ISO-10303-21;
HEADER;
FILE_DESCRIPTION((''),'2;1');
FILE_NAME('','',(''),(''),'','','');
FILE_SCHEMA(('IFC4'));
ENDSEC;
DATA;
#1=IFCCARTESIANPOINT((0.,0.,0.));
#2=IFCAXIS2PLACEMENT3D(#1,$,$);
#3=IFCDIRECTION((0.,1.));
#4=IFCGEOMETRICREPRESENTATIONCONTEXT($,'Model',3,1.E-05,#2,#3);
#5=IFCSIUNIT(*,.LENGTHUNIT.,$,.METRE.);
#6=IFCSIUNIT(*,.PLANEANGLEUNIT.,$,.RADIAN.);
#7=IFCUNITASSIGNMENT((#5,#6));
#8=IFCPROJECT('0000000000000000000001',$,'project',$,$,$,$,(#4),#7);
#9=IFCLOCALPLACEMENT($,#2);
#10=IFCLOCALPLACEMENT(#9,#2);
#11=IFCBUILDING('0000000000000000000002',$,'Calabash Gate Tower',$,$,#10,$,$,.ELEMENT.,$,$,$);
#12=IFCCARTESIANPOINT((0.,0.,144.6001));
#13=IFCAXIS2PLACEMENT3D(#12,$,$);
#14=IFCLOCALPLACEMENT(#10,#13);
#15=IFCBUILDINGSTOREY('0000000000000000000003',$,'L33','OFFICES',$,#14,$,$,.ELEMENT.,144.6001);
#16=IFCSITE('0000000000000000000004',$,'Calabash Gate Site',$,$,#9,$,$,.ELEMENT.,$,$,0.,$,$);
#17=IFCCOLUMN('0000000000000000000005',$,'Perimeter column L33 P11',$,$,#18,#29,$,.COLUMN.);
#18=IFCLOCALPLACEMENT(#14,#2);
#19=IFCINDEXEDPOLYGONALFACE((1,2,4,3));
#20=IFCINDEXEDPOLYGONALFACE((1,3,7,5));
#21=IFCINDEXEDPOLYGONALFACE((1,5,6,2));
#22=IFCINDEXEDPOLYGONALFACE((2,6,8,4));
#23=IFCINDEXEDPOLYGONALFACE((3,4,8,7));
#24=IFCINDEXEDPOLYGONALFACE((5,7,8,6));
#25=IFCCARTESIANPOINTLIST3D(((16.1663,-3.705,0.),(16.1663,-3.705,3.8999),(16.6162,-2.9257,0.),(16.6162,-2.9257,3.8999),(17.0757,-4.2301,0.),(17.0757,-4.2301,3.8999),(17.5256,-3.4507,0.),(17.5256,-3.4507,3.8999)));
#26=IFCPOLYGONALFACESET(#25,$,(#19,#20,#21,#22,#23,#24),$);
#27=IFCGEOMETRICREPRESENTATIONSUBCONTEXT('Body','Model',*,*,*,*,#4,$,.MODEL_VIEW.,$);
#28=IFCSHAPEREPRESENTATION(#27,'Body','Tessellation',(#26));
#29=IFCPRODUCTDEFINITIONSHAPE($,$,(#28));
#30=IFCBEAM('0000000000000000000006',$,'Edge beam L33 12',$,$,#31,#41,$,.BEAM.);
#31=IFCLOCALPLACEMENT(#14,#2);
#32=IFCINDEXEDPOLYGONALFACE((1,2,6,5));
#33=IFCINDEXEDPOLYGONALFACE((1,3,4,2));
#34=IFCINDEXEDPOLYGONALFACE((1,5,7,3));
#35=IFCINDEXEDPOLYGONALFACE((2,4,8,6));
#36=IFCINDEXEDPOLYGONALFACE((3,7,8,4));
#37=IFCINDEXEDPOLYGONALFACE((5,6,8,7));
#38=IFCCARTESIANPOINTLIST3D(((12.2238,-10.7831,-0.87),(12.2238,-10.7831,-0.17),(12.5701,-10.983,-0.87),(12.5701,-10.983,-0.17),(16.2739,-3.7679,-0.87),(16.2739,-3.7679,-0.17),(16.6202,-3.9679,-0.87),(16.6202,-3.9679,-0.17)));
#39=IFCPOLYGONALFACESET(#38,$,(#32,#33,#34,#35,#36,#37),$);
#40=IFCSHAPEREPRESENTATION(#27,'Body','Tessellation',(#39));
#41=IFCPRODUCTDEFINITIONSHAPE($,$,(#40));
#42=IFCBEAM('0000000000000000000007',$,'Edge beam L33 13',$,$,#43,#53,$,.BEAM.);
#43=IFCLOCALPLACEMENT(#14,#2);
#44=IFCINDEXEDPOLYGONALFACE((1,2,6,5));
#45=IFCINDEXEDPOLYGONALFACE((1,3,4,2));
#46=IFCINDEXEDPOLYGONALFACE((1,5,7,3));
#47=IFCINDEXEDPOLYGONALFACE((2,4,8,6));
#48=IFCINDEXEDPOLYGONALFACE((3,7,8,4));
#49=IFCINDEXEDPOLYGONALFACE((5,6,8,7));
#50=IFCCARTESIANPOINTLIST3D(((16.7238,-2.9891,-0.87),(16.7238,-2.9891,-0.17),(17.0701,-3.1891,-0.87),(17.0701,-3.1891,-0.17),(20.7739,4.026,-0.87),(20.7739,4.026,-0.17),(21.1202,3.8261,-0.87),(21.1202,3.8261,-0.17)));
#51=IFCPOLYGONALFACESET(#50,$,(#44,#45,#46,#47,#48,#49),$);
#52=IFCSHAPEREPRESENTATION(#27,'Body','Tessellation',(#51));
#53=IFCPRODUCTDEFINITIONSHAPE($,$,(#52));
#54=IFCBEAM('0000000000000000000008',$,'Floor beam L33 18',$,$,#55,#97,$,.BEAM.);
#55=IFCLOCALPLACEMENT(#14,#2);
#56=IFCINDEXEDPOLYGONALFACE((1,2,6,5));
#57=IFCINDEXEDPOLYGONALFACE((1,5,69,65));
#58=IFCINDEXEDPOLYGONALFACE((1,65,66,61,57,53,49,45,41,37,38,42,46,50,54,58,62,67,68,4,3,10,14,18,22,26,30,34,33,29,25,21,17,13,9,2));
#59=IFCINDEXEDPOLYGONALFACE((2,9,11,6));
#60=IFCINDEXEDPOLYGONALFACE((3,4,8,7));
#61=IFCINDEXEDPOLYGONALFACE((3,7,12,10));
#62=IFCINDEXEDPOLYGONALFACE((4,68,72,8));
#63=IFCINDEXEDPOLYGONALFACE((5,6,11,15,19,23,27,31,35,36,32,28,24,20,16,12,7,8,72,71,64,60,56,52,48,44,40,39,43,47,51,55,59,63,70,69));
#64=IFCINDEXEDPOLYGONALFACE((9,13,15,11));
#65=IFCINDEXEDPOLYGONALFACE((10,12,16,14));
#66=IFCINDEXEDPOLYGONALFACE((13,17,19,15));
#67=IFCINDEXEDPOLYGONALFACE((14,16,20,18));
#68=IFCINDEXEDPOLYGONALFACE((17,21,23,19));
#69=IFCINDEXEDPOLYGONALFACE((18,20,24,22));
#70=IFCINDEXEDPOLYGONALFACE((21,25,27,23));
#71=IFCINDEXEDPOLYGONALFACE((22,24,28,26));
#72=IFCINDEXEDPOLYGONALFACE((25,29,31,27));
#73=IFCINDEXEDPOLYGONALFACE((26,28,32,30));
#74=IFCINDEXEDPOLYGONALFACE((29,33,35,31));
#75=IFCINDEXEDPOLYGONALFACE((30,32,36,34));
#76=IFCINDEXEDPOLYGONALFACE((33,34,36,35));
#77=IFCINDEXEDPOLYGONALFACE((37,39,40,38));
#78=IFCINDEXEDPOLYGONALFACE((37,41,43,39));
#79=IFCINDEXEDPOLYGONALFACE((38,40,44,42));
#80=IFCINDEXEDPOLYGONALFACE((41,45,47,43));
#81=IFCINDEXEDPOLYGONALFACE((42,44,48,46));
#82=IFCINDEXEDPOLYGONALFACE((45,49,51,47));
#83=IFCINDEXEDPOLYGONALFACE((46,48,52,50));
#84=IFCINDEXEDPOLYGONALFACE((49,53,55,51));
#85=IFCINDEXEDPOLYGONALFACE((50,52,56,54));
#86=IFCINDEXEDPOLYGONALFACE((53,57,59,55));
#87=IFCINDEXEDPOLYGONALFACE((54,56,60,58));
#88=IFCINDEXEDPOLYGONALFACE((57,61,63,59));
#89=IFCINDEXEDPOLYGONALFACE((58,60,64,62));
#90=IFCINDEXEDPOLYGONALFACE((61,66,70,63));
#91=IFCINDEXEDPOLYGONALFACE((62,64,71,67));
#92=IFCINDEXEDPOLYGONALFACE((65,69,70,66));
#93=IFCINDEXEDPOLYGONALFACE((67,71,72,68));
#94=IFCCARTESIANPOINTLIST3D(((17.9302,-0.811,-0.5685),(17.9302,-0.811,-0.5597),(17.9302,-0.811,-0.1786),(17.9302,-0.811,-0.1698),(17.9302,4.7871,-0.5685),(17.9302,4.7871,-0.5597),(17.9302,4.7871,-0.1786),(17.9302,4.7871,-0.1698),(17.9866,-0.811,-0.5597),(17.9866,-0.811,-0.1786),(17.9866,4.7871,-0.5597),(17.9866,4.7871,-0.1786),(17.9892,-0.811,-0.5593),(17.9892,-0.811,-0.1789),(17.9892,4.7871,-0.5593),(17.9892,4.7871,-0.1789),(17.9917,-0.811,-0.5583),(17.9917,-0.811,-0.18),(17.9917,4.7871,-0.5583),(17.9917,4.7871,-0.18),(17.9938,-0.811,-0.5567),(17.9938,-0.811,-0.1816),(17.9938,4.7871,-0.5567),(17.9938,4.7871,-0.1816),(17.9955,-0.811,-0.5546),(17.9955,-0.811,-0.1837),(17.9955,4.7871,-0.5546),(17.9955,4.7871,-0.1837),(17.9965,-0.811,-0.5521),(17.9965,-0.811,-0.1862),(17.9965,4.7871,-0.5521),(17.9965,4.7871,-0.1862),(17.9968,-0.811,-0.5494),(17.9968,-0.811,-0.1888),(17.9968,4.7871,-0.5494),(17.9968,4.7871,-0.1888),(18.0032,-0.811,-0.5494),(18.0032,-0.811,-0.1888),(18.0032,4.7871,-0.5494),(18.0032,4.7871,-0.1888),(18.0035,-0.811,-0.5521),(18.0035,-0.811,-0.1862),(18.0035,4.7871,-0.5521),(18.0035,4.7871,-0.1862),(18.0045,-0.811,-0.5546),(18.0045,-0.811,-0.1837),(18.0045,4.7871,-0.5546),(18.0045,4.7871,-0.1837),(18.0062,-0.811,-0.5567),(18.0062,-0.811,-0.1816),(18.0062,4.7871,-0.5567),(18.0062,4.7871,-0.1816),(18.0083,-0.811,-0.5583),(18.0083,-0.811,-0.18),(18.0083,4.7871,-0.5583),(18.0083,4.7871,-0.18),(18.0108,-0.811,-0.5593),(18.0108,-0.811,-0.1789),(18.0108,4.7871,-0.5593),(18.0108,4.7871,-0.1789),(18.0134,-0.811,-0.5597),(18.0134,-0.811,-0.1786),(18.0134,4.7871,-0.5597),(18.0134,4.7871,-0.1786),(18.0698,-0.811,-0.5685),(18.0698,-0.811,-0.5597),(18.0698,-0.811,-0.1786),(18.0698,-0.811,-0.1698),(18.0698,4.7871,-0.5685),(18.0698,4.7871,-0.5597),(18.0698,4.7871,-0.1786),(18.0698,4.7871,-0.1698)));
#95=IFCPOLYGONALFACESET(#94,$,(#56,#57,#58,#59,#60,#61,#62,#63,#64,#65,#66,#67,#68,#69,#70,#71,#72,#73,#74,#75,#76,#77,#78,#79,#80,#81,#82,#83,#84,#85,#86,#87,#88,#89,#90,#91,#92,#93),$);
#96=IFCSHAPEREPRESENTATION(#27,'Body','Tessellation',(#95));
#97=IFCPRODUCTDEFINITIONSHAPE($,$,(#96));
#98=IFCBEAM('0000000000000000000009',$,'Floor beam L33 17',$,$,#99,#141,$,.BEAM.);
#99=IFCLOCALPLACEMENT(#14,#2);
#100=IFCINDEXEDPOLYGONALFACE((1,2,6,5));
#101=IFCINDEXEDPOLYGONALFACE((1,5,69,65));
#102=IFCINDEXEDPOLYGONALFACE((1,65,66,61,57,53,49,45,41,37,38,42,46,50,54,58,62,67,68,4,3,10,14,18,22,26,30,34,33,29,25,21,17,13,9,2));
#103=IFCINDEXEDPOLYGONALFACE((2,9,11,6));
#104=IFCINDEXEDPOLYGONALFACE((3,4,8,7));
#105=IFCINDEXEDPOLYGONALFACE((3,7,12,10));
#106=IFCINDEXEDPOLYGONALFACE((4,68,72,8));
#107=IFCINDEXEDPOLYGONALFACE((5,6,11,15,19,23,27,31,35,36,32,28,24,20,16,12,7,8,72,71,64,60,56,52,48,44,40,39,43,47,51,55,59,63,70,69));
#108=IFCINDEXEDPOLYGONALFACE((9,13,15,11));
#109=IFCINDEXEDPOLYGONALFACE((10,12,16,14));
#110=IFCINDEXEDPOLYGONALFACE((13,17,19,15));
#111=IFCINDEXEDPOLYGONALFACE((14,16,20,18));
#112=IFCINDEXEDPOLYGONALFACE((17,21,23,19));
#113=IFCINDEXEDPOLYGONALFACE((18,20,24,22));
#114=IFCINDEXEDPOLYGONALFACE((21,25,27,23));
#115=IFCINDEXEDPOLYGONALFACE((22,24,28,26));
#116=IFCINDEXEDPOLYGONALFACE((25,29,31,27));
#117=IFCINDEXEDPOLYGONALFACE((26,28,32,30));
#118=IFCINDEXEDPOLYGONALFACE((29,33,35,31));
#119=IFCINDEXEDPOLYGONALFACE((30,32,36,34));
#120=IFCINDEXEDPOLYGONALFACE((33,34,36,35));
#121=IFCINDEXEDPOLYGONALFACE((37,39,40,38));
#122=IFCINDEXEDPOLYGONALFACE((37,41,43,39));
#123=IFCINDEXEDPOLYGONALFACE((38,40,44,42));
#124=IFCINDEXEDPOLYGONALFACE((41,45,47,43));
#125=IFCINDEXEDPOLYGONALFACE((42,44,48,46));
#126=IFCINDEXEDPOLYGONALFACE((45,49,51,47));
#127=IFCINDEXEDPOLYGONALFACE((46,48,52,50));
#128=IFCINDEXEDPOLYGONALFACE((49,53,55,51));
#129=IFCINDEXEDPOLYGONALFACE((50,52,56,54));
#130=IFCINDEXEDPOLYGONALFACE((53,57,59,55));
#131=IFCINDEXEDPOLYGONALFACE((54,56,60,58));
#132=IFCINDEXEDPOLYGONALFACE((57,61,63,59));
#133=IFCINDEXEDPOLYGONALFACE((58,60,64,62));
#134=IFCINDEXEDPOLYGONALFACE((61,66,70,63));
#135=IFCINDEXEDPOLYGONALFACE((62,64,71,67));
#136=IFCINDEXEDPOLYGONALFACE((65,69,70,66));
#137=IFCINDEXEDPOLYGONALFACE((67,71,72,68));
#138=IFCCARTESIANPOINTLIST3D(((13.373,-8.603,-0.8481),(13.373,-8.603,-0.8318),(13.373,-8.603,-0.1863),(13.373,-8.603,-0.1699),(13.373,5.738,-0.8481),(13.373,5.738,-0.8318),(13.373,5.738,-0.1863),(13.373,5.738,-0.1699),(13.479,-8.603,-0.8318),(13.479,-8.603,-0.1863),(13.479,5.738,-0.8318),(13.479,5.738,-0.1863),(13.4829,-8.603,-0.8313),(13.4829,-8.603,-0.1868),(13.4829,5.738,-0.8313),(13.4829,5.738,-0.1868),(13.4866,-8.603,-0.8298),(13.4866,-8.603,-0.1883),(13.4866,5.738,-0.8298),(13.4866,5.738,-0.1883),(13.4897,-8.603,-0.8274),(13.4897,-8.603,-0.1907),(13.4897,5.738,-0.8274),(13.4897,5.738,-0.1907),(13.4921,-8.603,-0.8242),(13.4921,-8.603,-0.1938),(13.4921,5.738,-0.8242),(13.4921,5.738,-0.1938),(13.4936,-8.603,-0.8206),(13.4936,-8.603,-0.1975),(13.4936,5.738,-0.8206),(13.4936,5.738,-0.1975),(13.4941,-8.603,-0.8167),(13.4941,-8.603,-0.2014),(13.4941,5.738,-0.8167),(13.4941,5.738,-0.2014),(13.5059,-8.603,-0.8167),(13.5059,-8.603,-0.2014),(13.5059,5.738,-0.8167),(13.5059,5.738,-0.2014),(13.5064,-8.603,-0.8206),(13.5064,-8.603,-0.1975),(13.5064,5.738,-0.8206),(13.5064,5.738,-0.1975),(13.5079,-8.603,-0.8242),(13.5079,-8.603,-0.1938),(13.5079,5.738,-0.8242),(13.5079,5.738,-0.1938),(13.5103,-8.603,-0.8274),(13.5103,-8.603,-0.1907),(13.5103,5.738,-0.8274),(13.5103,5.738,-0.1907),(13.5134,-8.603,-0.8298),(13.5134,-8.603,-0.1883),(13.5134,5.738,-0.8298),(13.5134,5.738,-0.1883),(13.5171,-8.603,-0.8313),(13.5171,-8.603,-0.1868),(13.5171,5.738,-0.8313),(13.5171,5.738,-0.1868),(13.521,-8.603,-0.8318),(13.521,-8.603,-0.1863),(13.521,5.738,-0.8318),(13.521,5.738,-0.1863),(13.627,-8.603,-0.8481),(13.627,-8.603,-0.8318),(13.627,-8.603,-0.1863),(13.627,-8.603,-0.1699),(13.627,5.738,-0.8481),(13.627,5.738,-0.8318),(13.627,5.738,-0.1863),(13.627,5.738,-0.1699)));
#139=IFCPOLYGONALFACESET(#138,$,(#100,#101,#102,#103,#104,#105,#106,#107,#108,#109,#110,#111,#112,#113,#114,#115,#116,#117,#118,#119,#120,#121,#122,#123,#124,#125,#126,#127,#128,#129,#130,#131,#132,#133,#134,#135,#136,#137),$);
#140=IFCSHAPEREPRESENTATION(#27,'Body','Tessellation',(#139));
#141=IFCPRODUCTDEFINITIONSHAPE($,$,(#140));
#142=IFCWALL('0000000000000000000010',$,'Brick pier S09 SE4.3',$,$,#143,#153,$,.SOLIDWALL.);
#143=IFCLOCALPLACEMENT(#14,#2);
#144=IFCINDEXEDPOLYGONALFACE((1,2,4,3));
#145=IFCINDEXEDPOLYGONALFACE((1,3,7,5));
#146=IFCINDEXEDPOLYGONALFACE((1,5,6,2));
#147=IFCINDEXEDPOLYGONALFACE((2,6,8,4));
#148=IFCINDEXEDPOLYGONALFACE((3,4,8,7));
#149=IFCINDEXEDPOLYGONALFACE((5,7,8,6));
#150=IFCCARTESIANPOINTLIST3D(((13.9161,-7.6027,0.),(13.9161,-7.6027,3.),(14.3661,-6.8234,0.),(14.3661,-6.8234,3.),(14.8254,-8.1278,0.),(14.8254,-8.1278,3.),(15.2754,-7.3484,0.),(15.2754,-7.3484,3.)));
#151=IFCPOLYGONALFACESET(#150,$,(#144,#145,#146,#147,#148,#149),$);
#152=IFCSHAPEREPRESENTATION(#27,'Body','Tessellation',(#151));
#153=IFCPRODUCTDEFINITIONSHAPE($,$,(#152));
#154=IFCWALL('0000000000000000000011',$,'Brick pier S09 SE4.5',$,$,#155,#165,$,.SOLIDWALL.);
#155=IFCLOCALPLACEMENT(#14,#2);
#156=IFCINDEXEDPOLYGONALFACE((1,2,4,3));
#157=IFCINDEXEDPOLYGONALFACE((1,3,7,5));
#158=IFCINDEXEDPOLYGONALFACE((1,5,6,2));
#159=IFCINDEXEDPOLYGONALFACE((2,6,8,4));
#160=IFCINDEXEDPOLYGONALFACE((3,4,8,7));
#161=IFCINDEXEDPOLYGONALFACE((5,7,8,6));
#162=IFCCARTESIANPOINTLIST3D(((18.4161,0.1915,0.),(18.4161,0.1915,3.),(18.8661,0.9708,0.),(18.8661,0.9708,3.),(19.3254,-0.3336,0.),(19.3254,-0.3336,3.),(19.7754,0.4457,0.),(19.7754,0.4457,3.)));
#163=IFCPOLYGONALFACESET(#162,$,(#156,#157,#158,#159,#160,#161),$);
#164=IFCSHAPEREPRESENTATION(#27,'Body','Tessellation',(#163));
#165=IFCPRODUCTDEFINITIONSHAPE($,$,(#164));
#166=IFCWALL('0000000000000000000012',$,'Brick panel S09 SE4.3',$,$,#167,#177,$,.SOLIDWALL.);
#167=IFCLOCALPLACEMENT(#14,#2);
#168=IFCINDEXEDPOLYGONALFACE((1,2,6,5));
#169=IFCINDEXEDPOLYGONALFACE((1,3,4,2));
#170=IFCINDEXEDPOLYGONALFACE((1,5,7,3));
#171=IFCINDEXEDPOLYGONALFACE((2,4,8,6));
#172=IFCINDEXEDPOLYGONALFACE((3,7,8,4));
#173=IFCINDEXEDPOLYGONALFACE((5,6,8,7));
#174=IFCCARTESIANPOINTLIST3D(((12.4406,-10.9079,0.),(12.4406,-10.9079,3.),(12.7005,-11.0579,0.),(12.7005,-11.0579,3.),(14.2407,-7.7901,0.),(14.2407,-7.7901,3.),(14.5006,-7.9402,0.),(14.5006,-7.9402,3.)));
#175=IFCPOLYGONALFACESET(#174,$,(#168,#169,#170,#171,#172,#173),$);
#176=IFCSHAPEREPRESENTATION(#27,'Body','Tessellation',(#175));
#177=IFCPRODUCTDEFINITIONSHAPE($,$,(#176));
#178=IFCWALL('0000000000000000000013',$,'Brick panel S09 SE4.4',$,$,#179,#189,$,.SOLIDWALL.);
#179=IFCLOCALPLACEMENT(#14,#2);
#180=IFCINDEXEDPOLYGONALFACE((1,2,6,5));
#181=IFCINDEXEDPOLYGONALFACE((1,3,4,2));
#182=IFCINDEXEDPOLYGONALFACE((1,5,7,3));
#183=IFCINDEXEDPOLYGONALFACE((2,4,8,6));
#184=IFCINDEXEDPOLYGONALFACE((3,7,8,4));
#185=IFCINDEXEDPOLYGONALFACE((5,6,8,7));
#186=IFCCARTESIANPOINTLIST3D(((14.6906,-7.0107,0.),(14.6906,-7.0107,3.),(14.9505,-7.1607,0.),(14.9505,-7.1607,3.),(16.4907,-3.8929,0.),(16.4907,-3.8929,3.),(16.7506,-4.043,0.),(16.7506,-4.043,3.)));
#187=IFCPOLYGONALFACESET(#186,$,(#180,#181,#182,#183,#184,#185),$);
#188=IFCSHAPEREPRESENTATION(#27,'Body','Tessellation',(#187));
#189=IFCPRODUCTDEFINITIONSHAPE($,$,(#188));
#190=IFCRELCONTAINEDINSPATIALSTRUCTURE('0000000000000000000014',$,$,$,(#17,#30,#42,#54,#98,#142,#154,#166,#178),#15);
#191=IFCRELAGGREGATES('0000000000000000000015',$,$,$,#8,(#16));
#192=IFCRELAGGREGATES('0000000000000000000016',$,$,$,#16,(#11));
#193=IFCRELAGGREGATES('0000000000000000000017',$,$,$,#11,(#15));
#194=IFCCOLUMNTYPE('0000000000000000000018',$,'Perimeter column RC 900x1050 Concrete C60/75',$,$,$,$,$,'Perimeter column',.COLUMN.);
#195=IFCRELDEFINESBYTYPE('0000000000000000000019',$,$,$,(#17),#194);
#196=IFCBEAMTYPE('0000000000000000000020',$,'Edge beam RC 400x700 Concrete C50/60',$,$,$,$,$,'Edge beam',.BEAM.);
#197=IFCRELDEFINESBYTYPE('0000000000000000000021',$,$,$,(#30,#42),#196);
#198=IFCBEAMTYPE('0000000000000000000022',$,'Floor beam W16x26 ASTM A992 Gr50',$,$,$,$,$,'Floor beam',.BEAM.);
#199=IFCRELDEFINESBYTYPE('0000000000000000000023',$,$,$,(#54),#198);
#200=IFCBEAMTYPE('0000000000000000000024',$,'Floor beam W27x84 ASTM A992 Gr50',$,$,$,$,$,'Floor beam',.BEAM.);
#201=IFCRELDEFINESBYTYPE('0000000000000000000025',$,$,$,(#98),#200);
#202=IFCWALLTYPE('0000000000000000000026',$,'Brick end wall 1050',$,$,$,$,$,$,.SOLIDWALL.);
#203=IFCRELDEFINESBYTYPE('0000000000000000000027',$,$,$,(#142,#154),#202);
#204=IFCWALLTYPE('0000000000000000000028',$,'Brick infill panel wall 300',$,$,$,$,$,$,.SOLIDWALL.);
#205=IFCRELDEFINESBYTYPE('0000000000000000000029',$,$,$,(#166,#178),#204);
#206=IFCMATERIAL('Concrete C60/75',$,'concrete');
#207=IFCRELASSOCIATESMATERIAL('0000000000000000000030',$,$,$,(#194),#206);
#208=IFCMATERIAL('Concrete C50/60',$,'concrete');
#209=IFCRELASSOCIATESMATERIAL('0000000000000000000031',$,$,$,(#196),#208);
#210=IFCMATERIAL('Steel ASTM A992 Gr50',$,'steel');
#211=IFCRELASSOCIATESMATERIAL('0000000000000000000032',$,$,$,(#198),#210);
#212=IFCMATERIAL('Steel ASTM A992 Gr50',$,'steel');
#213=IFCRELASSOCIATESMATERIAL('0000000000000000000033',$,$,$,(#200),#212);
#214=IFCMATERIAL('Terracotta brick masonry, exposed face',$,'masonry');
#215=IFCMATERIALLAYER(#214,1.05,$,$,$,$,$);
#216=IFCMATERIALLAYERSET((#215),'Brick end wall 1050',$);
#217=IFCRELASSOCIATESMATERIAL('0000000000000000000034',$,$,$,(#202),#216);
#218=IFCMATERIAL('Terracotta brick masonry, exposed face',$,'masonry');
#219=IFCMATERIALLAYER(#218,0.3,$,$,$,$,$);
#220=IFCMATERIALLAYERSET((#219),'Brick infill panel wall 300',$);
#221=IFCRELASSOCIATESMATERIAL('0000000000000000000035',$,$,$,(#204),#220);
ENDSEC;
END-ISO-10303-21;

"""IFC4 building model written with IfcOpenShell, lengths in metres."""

from ifc_helpers import new_model, si_unit, direction, frame, frame_2d, origin, origin_2d, place, context, subcontext, project, spatial, rectangle, i_section, extrude, material, layer, layer_set, material_profile, profile_set, type_object, element, save


model = new_model("IFC4")

# Units and contexts
model_context = context("Model", 3, precision=1e-05, world=origin(), true_north=direction((0.0, 1.0)))
body_context = subcontext(model_context, "Body", "Model", "MODEL_VIEW")
ifc_project = project(units=[si_unit("LENGTHUNIT", "METRE"), si_unit("PLANEANGLEUNIT", "RADIAN")], contexts=[model_context])

# Site, building, storey
site_placement = place(None, origin())
site = spatial("IfcSite", under=ifc_project, at=site_placement, Name="Calabash Gate Site", CompositionType="ELEMENT", RefElevation=0.0)
building_placement = place(site_placement, origin())
building = spatial("IfcBuilding", under=site, at=building_placement, Name="Calabash Gate Tower", CompositionType="ELEMENT")
storey_placement = place(building_placement, frame((0.0, 0.0, 144.6001)))
storey = spatial("IfcBuildingStorey", under=building, at=storey_placement, Name="L33", Description="OFFICES", CompositionType="ELEMENT", Elevation=144.6001)

# Column
ifc_material_1 = material(Name="Concrete C60/75", Category="concrete")
ifc_material_profile_1 = material_profile(ifc_material_1, rectangle(XDim=0.8999, YDim=1.05, at=origin_2d()))
ifc_profile_set_1 = profile_set([ifc_material_profile_1], Name="Concrete C60/75")
column_type = type_object("IfcColumnType", Name="Perimeter column RC 900x1050 Concrete C60/75", ElementType="Perimeter column", PredefinedType="COLUMN", material=ifc_profile_set_1)
column_placement = place(storey_placement, frame((16.8459, -3.5779, 0.0), z_axis=(0.0, 0.0, 1.0), x_axis=(0.5, 0.866025, 0.0)))
element("IfcColumn", 1, at=column_placement, inside=storey, type_object=column_type, Name="Perimeter column L33 P11", PredefinedType="COLUMN", context=body_context, shape_type="SweptSolid", body=[
    extrude(rectangle(XDim=0.8999, YDim=1.05, at=origin_2d()), origin(), (0.0, 0.0, 1.0), 3.8999),
])

# Beams
ifc_material_2 = material(Name="Concrete C50/60", Category="concrete")
ifc_material_profile_2 = material_profile(ifc_material_2, rectangle(XDim=0.3999, YDim=0.7, at=origin_2d()))
ifc_profile_set_2 = profile_set([ifc_material_profile_2], Name="Concrete C50/60")
beam_type_1 = type_object("IfcBeamType", Name="Edge beam RC 400x700 Concrete C50/60", ElementType="Edge beam", PredefinedType="BEAM", material=ifc_profile_set_2)
for number, where, z_axis, x_axis, name in (
    (2, (12.397, -10.8831, -0.52), (0.499987, 0.866033, 0.0), (-0.866033, 0.499987, 0.0), "Edge beam L33 12"),
    (3, (16.897, -3.0891, -0.52), (0.499987, 0.866033, 0.0), (-0.866033, 0.499987, 0.0), "Edge beam L33 13"),
):
    element("IfcBeam", number, at=place(storey_placement, frame(where, z_axis=z_axis, x_axis=x_axis)), inside=storey, type_object=beam_type_1, Name=name, PredefinedType="BEAM", context=body_context, shape_type="SweptSolid", body=[
        extrude(rectangle(XDim=0.3999, YDim=0.7, at=origin_2d()), origin(), (0.0, 0.0, 1.0), 8.1003),
    ])
ifc_material_3 = material(Name="Steel ASTM A992 Gr50", Category="steel")
ifc_material_profile_3 = material_profile(ifc_material_3, i_section(OverallWidth=0.1396, OverallDepth=0.3987, WebThickness=0.0063, FlangeThickness=0.0088, FilletRadius=0.0103, at=origin_2d()))
ifc_profile_set_3 = profile_set([ifc_material_profile_3], Name="Steel ASTM A992 Gr50")
beam_type_2 = type_object("IfcBeamType", Name="Floor beam W16x26 ASTM A992 Gr50", ElementType="Floor beam", PredefinedType="BEAM", material=ifc_profile_set_3)
beam_1_placement = place(storey_placement, frame((18.0, -0.811, -0.3691), z_axis=(0.0, 1.0, 0.0), x_axis=(-1.0, 0.0, 0.0)))
element("IfcBeam", 4, at=beam_1_placement, inside=storey, type_object=beam_type_2, Name="Floor beam L33 18", PredefinedType="BEAM", context=body_context, shape_type="SweptSolid", body=[
    extrude(i_section(OverallWidth=0.1396, OverallDepth=0.3987, WebThickness=0.0063, FlangeThickness=0.0088, FilletRadius=0.0103, at=origin_2d()), origin(), (0.0, 0.0, 1.0), 5.5981),
])
ifc_material_4 = material(Name="Steel ASTM A992 Gr50", Category="steel")
ifc_material_profile_4 = material_profile(ifc_material_4, i_section(OverallWidth=0.2539, OverallDepth=0.6782, WebThickness=0.0117, FlangeThickness=0.0164, FilletRadius=0.0151, at=origin_2d()))
ifc_profile_set_4 = profile_set([ifc_material_profile_4], Name="Steel ASTM A992 Gr50")
beam_type_3 = type_object("IfcBeamType", Name="Floor beam W27x84 ASTM A992 Gr50", ElementType="Floor beam", PredefinedType="BEAM", material=ifc_profile_set_4)
beam_2_placement = place(storey_placement, frame((13.5, -8.603, -0.509), z_axis=(0.0, 1.0, 0.0), x_axis=(-1.0, 0.0, 0.0)))
element("IfcBeam", 5, at=beam_2_placement, inside=storey, type_object=beam_type_3, Name="Floor beam L33 17", PredefinedType="BEAM", context=body_context, shape_type="SweptSolid", body=[
    extrude(i_section(OverallWidth=0.2539, OverallDepth=0.6782, WebThickness=0.0117, FlangeThickness=0.0164, FilletRadius=0.0151, at=origin_2d()), origin(), (0.0, 0.0, 1.0), 14.3411),
])

# Walls
ifc_material_5 = material(Name="Terracotta brick masonry, exposed face", Category="masonry")
ifc_layer_1 = layer(ifc_material_5, 1.05)
ifc_layer_set_1 = layer_set([ifc_layer_1], Name="Brick end wall 1050")
wall_type_1 = type_object("IfcWallType", Name="Brick end wall 1050", PredefinedType="SOLIDWALL", material=ifc_layer_set_1)
for number, where, z_axis, x_axis, name in (
    (6, (15.0503, -7.738, 0.0), (0.0, 0.0, 1.0), (-0.865988, 0.500065, 0.0), "Brick pier S09 SE4.3"),
    (7, (19.5503, 0.0562, 0.0), (0.0, 0.0, 1.0), (-0.865988, 0.500065, 0.0), "Brick pier S09 SE4.5"),
):
    element("IfcWall", number, at=place(storey_placement, frame(where, z_axis=z_axis, x_axis=x_axis)), inside=storey, type_object=wall_type_1, Name=name, PredefinedType="SOLIDWALL", context=body_context, shape_type="SweptSolid", body=[
        extrude(rectangle(XDim=1.05, YDim=0.8999, at=frame_2d((0.5249, 0.0))), origin(), (0.0, 0.0, 1.0), 3.0),
    ])
ifc_material_6 = material(Name="Terracotta brick masonry, exposed face", Category="masonry")
ifc_layer_2 = layer(ifc_material_6, 0.3)
ifc_layer_set_2 = layer_set([ifc_layer_2], Name="Brick infill panel wall 300")
wall_type_2 = type_object("IfcWallType", Name="Brick infill panel wall 300", PredefinedType="SOLIDWALL", material=ifc_layer_set_2)
for number, where, z_axis, x_axis, name in (
    (8, (12.5706, -10.9829, 0.0), (0.0, 0.0, 1.0), (0.500012, 0.866018, 0.0), "Brick panel S09 SE4.3"),
    (9, (14.8206, -7.0857, 0.0), (0.0, 0.0, 1.0), (0.500012, 0.866018, 0.0), "Brick panel S09 SE4.4"),
):
    element("IfcWall", number, at=place(storey_placement, frame(where, z_axis=z_axis, x_axis=x_axis)), inside=storey, type_object=wall_type_2, Name=name, PredefinedType="SOLIDWALL", context=body_context, shape_type="SweptSolid", body=[
        extrude(rectangle(XDim=3.6001, YDim=0.3, at=frame_2d((1.8, 0.0))), origin(), (0.0, 0.0, 1.0), 3.0),
    ])

save(model, "model.ifc")
